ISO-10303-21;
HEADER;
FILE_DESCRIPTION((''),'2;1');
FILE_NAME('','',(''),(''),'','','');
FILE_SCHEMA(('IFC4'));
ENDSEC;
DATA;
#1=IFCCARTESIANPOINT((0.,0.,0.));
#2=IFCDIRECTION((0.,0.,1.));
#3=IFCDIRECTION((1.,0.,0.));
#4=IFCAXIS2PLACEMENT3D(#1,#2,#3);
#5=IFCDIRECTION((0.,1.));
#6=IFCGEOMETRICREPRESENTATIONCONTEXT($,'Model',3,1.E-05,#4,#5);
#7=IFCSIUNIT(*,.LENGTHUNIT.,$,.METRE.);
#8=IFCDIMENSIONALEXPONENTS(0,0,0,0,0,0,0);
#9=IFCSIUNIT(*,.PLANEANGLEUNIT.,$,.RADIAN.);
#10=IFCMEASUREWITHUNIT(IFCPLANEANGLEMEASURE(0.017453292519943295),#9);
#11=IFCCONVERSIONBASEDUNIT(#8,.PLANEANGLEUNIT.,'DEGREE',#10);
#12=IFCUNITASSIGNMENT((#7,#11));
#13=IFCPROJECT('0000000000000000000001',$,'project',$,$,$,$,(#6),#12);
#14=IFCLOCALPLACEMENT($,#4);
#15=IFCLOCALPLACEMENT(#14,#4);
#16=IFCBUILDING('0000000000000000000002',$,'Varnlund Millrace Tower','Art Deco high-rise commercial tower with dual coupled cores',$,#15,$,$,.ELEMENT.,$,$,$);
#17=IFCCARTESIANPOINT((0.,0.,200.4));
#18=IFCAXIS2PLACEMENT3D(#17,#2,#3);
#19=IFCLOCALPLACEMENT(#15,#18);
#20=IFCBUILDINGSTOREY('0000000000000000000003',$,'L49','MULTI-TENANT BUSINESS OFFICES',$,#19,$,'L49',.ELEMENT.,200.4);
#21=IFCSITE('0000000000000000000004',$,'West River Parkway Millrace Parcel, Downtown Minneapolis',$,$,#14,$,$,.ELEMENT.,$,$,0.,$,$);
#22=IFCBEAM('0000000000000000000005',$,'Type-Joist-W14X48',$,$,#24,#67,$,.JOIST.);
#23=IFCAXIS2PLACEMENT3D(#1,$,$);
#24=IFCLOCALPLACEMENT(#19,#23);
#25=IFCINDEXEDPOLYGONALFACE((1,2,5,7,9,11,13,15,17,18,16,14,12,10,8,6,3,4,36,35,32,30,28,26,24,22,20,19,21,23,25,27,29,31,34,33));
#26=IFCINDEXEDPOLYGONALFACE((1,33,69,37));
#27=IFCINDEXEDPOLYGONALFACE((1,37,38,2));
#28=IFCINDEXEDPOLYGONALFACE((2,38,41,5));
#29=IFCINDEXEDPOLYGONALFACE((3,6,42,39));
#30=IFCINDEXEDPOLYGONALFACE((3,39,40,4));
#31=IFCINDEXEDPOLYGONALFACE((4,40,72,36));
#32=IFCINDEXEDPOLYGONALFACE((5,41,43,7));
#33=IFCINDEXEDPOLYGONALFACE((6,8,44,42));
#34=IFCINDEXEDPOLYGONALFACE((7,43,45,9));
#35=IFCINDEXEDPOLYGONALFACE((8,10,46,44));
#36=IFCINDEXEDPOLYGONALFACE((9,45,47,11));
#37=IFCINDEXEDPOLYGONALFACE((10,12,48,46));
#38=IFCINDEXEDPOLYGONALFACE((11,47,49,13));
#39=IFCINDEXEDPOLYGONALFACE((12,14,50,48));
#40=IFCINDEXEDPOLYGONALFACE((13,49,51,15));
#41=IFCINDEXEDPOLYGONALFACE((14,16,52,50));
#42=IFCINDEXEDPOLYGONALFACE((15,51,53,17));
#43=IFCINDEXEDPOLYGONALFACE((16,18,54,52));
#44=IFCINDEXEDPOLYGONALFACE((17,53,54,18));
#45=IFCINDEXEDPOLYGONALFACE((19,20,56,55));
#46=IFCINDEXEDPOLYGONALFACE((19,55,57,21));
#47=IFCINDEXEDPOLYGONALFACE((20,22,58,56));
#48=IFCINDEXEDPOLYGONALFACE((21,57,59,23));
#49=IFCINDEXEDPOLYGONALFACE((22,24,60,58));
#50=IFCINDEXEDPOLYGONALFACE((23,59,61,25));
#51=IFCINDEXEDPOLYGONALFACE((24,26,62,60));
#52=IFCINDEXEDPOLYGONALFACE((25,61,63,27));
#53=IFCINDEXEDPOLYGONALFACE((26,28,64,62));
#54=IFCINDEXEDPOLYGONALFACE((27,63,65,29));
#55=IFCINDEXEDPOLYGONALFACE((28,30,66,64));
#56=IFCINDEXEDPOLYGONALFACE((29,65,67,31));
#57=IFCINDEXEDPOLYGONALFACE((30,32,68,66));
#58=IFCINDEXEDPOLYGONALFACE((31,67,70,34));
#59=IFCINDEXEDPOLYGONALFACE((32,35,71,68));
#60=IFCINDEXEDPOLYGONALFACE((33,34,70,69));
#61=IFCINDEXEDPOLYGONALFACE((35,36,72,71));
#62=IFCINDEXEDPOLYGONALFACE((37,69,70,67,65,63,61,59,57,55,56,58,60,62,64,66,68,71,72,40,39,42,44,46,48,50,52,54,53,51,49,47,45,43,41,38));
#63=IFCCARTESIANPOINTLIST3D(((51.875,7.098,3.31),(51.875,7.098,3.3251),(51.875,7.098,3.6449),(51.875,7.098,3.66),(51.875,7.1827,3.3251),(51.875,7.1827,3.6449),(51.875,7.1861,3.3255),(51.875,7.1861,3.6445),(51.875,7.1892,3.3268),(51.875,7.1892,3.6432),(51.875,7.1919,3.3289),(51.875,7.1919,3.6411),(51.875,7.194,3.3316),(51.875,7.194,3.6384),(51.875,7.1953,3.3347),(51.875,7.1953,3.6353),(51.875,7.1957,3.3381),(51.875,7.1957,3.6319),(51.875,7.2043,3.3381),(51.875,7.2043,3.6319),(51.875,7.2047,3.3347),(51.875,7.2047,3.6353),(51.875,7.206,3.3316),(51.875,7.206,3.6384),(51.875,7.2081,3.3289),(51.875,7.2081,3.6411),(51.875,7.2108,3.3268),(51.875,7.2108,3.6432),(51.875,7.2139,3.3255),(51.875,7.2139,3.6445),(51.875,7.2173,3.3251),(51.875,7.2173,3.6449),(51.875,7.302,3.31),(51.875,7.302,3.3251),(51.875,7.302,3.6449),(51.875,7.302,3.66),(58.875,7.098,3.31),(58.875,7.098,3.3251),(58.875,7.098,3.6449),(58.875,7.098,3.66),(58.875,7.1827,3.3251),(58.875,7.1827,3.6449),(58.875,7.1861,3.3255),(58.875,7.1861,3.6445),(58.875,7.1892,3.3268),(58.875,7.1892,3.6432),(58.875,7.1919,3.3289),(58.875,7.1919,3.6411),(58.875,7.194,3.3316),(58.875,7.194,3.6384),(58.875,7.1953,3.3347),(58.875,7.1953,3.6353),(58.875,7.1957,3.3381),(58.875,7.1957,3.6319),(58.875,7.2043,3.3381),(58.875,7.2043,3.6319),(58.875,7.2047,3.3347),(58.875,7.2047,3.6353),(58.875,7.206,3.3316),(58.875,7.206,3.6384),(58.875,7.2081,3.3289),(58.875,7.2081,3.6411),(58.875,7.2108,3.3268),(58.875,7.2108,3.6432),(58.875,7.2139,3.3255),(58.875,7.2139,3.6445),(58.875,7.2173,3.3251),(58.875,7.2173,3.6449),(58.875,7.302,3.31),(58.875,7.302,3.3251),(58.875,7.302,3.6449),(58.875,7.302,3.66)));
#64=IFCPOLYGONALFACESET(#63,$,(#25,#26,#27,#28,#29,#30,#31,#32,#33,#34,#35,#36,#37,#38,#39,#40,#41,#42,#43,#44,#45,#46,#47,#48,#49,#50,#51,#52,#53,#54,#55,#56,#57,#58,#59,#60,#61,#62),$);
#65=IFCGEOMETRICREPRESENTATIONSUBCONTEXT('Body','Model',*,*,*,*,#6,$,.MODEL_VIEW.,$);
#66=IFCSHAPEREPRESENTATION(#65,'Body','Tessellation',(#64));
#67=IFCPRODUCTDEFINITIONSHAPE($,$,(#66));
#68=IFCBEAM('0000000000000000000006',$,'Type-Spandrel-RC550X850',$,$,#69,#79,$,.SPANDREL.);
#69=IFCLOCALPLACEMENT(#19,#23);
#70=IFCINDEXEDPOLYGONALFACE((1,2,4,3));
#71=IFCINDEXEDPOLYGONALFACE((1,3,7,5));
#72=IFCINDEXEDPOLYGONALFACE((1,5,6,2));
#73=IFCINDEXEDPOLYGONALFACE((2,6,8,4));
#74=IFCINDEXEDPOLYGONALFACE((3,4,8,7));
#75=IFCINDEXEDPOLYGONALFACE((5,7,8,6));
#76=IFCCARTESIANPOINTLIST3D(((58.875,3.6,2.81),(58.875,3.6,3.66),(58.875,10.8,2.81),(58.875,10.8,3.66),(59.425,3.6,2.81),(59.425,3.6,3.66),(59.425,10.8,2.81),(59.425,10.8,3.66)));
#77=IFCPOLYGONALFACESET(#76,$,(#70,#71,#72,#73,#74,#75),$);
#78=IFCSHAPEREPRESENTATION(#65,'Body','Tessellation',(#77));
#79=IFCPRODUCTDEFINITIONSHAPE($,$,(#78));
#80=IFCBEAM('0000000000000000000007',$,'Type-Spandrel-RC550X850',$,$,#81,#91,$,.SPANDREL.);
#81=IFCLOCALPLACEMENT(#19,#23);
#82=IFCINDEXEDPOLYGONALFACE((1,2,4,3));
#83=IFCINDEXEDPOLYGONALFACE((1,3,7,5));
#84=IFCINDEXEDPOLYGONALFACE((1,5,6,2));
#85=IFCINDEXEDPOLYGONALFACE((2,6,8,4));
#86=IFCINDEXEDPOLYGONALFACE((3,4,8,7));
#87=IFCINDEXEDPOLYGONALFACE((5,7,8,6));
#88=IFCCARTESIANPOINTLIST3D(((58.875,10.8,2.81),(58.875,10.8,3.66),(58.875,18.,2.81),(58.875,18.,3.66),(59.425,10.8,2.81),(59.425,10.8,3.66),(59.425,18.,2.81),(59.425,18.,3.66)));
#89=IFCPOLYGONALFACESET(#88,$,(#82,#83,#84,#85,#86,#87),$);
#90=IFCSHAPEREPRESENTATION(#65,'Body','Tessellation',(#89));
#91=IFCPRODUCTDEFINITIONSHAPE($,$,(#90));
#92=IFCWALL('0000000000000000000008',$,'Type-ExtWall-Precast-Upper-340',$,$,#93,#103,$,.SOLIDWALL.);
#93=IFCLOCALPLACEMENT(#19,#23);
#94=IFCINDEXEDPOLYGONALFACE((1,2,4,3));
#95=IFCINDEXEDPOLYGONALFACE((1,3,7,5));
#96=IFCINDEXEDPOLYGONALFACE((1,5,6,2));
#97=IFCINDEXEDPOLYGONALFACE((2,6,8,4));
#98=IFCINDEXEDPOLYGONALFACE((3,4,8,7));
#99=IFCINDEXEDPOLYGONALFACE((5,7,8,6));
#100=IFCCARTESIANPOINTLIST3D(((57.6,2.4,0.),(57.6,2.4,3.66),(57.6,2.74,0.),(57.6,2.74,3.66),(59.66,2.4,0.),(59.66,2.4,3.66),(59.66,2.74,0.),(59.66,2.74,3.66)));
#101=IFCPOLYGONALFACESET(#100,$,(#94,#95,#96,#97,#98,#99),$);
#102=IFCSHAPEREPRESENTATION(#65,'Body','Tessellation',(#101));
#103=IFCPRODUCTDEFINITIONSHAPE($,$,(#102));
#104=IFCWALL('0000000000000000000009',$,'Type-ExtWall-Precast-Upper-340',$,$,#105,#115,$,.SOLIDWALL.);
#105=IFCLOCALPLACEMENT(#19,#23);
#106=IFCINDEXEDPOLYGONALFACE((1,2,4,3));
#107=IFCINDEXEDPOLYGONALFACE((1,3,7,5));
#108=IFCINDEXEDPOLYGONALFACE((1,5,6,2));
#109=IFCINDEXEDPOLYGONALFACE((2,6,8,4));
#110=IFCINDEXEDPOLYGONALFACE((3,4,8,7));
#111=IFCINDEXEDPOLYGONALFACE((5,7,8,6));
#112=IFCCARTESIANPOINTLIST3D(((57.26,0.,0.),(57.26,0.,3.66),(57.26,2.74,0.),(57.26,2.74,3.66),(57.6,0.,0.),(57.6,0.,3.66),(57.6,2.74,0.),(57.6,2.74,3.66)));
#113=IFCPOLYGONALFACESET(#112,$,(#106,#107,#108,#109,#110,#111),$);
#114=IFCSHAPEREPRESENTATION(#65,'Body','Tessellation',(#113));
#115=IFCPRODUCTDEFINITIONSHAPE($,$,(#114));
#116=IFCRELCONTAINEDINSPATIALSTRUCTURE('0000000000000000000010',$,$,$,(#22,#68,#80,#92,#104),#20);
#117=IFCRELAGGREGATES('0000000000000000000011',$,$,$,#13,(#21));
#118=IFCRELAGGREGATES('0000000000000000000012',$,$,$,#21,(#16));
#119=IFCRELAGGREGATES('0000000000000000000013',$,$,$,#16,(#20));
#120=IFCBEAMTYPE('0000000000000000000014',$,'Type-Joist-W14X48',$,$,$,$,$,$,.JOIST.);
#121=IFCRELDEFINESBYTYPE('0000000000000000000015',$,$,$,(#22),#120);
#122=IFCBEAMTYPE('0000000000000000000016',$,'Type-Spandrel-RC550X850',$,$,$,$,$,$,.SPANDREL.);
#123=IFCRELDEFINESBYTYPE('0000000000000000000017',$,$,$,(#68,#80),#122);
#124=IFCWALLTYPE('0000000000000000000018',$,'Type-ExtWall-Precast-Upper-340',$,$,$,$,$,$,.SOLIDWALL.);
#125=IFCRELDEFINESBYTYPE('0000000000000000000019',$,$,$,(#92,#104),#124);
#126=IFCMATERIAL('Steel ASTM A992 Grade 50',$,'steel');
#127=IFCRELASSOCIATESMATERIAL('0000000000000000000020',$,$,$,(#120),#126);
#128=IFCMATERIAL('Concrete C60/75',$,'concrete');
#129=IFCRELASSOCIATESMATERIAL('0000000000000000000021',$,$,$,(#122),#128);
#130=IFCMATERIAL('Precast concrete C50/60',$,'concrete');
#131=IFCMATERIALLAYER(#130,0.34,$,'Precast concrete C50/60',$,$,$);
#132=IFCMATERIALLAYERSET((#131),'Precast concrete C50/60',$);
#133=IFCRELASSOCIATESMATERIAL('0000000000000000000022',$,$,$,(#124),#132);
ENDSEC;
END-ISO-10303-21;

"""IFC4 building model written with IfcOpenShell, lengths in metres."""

from ifc_helpers import new_model, entity, si_unit, converted_unit, direction, frame, origin_with_axes, origin_2d_with_axis, place, context, subcontext, project, spatial, polyline, rectangle, i_section, outline, extrude, material, layer, layer_set, material_profile, profile_set, type_object, element, save


model = new_model("IFC4")

# Units and contexts
model_context = context("Model", 3, precision=1e-05, world=origin_with_axes(), true_north=direction((0.0, 1.0)))
body_context = subcontext(model_context, "Body", "Model", "MODEL_VIEW")
ifc_project = project(units=[si_unit("LENGTHUNIT", "METRE"), converted_unit("PLANEANGLEUNIT", "DEGREE", entity("IfcPlaneAngleMeasure", 0.017453292519943295), si_unit("PLANEANGLEUNIT", "RADIAN"), dimensions=[0, 0, 0, 0, 0, 0, 0])], contexts=[model_context])

# Site, building, storey
site_placement = place(None, origin_with_axes())
site = spatial("IfcSite", under=ifc_project, at=site_placement, Name="West River Parkway Millrace Parcel, Downtown Minneapolis", CompositionType="ELEMENT", RefElevation=0.0)
building_placement = place(site_placement, origin_with_axes())
building = spatial("IfcBuilding", under=site, at=building_placement, Name="Varnlund Millrace Tower", Description="Art Deco high-rise commercial tower with dual coupled cores", CompositionType="ELEMENT")
storey_placement = place(building_placement, frame((0.0, 0.0, 200.4), z_axis=(0.0, 0.0, 1.0), x_axis=(1.0, 0.0, 0.0)))
storey = spatial("IfcBuildingStorey", under=building, at=storey_placement, Name="L49", Description="MULTI-TENANT BUSINESS OFFICES", LongName="L49", CompositionType="ELEMENT", Elevation=200.4)

# Beams
ifc_material_1 = material(Name="Steel ASTM A992 Grade 50", Category="steel")
ifc_material_profile_1 = material_profile(ifc_material_1, i_section(OverallWidth=0.204, OverallDepth=0.35, WebThickness=0.0086, FlangeThickness=0.0151, FilletRadius=0.013, at=origin_2d_with_axis()), Name="Steel ASTM A992 Grade 50")
ifc_profile_set_1 = profile_set([ifc_material_profile_1], Name="Steel ASTM A992 Grade 50")
beam_type_1 = type_object("IfcBeamType", Name="Type-Joist-W14X48", PredefinedType="JOIST", material=ifc_profile_set_1)
beam_placement = place(storey_placement, frame((51.875, 7.2, 3.485), z_axis=(1.0, 0.0, 0.0), x_axis=(0.0, 1.0, 0.0)))
element("IfcBeam", 1, at=beam_placement, inside=storey, type_object=beam_type_1, Name="Type-Joist-W14X48", PredefinedType="JOIST", context=body_context, shape_type="SweptSolid", body=[
    extrude(i_section(OverallWidth=0.204, OverallDepth=0.35, WebThickness=0.0086, FlangeThickness=0.0151, FilletRadius=0.013, at=origin_2d_with_axis()), origin_with_axes(), (0.0, 0.0, 1.0), 7.0),
])
ifc_material_2 = material(Name="Concrete C60/75", Category="concrete")
ifc_material_profile_2 = material_profile(ifc_material_2, rectangle(XDim=0.55, YDim=0.85, at=origin_2d_with_axis()), Name="Concrete C60/75")
ifc_profile_set_2 = profile_set([ifc_material_profile_2], Name="Concrete C60/75")
beam_type_2 = type_object("IfcBeamType", Name="Type-Spandrel-RC550X850", PredefinedType="SPANDREL", material=ifc_profile_set_2)
for number, where, z_axis, x_axis, name in (
    (2, (59.15, 3.6, 3.235), (0.0, 1.0, 0.0), (-1.0, 0.0, 0.0), "Type-Spandrel-RC550X850"),
    (3, (59.15, 10.8, 3.235), (0.0, 1.0, 0.0), (-1.0, 0.0, 0.0), "Type-Spandrel-RC550X850"),
):
    element("IfcBeam", number, at=place(storey_placement, frame(where, z_axis=z_axis, x_axis=x_axis)), inside=storey, type_object=beam_type_2, Name=name, PredefinedType="SPANDREL", context=body_context, shape_type="SweptSolid", body=[
        extrude(rectangle(XDim=0.55, YDim=0.85, at=origin_2d_with_axis()), origin_with_axes(), (0.0, 0.0, 1.0), 7.2),
    ])

# Walls
ifc_material_3 = material(Name="Precast concrete C50/60", Category="concrete")
ifc_layer_1 = layer(ifc_material_3, 0.34, Name="Precast concrete C50/60")
ifc_layer_set_1 = layer_set([ifc_layer_1], Name="Precast concrete C50/60")
wall_type_1 = type_object("IfcWallType", Name="Type-ExtWall-Precast-Upper-340", PredefinedType="SOLIDWALL", material=ifc_layer_set_1)
wall_1_placement = place(storey_placement, frame((59.66, 2.57, 0.0), z_axis=(0.0, 0.0, 1.0), x_axis=(-1.0, 0.0, 0.0)))
element("IfcWall", 4, at=wall_1_placement, inside=storey, type_object=wall_type_1, Name="Type-ExtWall-Precast-Upper-340", PredefinedType="SOLIDWALL", context=body_context, shape_type="SweptSolid", body=[
    extrude(outline(polyline([(0.0, -0.17), (2.06, -0.17), (2.06, 0.17), (0.0, 0.17), (0.0, -0.17)])), origin_with_axes(), (0.0, 0.0, 1.0), 3.66),
])
wall_2_placement = place(storey_placement, frame((57.43, 2.74, 0.0), z_axis=(0.0, 0.0, 1.0), x_axis=(0.0, -1.0, 0.0)))
element("IfcWall", 5, at=wall_2_placement, inside=storey, type_object=wall_type_1, Name="Type-ExtWall-Precast-Upper-340", PredefinedType="SOLIDWALL", context=body_context, shape_type="SweptSolid", body=[
    extrude(outline(polyline([(0.0, -0.17), (2.74, -0.17), (2.74, 0.17), (0.0, 0.17), (0.0, -0.17)])), origin_with_axes(), (0.0, 0.0, 1.0), 3.66),
])

save(model, "model.ifc")
